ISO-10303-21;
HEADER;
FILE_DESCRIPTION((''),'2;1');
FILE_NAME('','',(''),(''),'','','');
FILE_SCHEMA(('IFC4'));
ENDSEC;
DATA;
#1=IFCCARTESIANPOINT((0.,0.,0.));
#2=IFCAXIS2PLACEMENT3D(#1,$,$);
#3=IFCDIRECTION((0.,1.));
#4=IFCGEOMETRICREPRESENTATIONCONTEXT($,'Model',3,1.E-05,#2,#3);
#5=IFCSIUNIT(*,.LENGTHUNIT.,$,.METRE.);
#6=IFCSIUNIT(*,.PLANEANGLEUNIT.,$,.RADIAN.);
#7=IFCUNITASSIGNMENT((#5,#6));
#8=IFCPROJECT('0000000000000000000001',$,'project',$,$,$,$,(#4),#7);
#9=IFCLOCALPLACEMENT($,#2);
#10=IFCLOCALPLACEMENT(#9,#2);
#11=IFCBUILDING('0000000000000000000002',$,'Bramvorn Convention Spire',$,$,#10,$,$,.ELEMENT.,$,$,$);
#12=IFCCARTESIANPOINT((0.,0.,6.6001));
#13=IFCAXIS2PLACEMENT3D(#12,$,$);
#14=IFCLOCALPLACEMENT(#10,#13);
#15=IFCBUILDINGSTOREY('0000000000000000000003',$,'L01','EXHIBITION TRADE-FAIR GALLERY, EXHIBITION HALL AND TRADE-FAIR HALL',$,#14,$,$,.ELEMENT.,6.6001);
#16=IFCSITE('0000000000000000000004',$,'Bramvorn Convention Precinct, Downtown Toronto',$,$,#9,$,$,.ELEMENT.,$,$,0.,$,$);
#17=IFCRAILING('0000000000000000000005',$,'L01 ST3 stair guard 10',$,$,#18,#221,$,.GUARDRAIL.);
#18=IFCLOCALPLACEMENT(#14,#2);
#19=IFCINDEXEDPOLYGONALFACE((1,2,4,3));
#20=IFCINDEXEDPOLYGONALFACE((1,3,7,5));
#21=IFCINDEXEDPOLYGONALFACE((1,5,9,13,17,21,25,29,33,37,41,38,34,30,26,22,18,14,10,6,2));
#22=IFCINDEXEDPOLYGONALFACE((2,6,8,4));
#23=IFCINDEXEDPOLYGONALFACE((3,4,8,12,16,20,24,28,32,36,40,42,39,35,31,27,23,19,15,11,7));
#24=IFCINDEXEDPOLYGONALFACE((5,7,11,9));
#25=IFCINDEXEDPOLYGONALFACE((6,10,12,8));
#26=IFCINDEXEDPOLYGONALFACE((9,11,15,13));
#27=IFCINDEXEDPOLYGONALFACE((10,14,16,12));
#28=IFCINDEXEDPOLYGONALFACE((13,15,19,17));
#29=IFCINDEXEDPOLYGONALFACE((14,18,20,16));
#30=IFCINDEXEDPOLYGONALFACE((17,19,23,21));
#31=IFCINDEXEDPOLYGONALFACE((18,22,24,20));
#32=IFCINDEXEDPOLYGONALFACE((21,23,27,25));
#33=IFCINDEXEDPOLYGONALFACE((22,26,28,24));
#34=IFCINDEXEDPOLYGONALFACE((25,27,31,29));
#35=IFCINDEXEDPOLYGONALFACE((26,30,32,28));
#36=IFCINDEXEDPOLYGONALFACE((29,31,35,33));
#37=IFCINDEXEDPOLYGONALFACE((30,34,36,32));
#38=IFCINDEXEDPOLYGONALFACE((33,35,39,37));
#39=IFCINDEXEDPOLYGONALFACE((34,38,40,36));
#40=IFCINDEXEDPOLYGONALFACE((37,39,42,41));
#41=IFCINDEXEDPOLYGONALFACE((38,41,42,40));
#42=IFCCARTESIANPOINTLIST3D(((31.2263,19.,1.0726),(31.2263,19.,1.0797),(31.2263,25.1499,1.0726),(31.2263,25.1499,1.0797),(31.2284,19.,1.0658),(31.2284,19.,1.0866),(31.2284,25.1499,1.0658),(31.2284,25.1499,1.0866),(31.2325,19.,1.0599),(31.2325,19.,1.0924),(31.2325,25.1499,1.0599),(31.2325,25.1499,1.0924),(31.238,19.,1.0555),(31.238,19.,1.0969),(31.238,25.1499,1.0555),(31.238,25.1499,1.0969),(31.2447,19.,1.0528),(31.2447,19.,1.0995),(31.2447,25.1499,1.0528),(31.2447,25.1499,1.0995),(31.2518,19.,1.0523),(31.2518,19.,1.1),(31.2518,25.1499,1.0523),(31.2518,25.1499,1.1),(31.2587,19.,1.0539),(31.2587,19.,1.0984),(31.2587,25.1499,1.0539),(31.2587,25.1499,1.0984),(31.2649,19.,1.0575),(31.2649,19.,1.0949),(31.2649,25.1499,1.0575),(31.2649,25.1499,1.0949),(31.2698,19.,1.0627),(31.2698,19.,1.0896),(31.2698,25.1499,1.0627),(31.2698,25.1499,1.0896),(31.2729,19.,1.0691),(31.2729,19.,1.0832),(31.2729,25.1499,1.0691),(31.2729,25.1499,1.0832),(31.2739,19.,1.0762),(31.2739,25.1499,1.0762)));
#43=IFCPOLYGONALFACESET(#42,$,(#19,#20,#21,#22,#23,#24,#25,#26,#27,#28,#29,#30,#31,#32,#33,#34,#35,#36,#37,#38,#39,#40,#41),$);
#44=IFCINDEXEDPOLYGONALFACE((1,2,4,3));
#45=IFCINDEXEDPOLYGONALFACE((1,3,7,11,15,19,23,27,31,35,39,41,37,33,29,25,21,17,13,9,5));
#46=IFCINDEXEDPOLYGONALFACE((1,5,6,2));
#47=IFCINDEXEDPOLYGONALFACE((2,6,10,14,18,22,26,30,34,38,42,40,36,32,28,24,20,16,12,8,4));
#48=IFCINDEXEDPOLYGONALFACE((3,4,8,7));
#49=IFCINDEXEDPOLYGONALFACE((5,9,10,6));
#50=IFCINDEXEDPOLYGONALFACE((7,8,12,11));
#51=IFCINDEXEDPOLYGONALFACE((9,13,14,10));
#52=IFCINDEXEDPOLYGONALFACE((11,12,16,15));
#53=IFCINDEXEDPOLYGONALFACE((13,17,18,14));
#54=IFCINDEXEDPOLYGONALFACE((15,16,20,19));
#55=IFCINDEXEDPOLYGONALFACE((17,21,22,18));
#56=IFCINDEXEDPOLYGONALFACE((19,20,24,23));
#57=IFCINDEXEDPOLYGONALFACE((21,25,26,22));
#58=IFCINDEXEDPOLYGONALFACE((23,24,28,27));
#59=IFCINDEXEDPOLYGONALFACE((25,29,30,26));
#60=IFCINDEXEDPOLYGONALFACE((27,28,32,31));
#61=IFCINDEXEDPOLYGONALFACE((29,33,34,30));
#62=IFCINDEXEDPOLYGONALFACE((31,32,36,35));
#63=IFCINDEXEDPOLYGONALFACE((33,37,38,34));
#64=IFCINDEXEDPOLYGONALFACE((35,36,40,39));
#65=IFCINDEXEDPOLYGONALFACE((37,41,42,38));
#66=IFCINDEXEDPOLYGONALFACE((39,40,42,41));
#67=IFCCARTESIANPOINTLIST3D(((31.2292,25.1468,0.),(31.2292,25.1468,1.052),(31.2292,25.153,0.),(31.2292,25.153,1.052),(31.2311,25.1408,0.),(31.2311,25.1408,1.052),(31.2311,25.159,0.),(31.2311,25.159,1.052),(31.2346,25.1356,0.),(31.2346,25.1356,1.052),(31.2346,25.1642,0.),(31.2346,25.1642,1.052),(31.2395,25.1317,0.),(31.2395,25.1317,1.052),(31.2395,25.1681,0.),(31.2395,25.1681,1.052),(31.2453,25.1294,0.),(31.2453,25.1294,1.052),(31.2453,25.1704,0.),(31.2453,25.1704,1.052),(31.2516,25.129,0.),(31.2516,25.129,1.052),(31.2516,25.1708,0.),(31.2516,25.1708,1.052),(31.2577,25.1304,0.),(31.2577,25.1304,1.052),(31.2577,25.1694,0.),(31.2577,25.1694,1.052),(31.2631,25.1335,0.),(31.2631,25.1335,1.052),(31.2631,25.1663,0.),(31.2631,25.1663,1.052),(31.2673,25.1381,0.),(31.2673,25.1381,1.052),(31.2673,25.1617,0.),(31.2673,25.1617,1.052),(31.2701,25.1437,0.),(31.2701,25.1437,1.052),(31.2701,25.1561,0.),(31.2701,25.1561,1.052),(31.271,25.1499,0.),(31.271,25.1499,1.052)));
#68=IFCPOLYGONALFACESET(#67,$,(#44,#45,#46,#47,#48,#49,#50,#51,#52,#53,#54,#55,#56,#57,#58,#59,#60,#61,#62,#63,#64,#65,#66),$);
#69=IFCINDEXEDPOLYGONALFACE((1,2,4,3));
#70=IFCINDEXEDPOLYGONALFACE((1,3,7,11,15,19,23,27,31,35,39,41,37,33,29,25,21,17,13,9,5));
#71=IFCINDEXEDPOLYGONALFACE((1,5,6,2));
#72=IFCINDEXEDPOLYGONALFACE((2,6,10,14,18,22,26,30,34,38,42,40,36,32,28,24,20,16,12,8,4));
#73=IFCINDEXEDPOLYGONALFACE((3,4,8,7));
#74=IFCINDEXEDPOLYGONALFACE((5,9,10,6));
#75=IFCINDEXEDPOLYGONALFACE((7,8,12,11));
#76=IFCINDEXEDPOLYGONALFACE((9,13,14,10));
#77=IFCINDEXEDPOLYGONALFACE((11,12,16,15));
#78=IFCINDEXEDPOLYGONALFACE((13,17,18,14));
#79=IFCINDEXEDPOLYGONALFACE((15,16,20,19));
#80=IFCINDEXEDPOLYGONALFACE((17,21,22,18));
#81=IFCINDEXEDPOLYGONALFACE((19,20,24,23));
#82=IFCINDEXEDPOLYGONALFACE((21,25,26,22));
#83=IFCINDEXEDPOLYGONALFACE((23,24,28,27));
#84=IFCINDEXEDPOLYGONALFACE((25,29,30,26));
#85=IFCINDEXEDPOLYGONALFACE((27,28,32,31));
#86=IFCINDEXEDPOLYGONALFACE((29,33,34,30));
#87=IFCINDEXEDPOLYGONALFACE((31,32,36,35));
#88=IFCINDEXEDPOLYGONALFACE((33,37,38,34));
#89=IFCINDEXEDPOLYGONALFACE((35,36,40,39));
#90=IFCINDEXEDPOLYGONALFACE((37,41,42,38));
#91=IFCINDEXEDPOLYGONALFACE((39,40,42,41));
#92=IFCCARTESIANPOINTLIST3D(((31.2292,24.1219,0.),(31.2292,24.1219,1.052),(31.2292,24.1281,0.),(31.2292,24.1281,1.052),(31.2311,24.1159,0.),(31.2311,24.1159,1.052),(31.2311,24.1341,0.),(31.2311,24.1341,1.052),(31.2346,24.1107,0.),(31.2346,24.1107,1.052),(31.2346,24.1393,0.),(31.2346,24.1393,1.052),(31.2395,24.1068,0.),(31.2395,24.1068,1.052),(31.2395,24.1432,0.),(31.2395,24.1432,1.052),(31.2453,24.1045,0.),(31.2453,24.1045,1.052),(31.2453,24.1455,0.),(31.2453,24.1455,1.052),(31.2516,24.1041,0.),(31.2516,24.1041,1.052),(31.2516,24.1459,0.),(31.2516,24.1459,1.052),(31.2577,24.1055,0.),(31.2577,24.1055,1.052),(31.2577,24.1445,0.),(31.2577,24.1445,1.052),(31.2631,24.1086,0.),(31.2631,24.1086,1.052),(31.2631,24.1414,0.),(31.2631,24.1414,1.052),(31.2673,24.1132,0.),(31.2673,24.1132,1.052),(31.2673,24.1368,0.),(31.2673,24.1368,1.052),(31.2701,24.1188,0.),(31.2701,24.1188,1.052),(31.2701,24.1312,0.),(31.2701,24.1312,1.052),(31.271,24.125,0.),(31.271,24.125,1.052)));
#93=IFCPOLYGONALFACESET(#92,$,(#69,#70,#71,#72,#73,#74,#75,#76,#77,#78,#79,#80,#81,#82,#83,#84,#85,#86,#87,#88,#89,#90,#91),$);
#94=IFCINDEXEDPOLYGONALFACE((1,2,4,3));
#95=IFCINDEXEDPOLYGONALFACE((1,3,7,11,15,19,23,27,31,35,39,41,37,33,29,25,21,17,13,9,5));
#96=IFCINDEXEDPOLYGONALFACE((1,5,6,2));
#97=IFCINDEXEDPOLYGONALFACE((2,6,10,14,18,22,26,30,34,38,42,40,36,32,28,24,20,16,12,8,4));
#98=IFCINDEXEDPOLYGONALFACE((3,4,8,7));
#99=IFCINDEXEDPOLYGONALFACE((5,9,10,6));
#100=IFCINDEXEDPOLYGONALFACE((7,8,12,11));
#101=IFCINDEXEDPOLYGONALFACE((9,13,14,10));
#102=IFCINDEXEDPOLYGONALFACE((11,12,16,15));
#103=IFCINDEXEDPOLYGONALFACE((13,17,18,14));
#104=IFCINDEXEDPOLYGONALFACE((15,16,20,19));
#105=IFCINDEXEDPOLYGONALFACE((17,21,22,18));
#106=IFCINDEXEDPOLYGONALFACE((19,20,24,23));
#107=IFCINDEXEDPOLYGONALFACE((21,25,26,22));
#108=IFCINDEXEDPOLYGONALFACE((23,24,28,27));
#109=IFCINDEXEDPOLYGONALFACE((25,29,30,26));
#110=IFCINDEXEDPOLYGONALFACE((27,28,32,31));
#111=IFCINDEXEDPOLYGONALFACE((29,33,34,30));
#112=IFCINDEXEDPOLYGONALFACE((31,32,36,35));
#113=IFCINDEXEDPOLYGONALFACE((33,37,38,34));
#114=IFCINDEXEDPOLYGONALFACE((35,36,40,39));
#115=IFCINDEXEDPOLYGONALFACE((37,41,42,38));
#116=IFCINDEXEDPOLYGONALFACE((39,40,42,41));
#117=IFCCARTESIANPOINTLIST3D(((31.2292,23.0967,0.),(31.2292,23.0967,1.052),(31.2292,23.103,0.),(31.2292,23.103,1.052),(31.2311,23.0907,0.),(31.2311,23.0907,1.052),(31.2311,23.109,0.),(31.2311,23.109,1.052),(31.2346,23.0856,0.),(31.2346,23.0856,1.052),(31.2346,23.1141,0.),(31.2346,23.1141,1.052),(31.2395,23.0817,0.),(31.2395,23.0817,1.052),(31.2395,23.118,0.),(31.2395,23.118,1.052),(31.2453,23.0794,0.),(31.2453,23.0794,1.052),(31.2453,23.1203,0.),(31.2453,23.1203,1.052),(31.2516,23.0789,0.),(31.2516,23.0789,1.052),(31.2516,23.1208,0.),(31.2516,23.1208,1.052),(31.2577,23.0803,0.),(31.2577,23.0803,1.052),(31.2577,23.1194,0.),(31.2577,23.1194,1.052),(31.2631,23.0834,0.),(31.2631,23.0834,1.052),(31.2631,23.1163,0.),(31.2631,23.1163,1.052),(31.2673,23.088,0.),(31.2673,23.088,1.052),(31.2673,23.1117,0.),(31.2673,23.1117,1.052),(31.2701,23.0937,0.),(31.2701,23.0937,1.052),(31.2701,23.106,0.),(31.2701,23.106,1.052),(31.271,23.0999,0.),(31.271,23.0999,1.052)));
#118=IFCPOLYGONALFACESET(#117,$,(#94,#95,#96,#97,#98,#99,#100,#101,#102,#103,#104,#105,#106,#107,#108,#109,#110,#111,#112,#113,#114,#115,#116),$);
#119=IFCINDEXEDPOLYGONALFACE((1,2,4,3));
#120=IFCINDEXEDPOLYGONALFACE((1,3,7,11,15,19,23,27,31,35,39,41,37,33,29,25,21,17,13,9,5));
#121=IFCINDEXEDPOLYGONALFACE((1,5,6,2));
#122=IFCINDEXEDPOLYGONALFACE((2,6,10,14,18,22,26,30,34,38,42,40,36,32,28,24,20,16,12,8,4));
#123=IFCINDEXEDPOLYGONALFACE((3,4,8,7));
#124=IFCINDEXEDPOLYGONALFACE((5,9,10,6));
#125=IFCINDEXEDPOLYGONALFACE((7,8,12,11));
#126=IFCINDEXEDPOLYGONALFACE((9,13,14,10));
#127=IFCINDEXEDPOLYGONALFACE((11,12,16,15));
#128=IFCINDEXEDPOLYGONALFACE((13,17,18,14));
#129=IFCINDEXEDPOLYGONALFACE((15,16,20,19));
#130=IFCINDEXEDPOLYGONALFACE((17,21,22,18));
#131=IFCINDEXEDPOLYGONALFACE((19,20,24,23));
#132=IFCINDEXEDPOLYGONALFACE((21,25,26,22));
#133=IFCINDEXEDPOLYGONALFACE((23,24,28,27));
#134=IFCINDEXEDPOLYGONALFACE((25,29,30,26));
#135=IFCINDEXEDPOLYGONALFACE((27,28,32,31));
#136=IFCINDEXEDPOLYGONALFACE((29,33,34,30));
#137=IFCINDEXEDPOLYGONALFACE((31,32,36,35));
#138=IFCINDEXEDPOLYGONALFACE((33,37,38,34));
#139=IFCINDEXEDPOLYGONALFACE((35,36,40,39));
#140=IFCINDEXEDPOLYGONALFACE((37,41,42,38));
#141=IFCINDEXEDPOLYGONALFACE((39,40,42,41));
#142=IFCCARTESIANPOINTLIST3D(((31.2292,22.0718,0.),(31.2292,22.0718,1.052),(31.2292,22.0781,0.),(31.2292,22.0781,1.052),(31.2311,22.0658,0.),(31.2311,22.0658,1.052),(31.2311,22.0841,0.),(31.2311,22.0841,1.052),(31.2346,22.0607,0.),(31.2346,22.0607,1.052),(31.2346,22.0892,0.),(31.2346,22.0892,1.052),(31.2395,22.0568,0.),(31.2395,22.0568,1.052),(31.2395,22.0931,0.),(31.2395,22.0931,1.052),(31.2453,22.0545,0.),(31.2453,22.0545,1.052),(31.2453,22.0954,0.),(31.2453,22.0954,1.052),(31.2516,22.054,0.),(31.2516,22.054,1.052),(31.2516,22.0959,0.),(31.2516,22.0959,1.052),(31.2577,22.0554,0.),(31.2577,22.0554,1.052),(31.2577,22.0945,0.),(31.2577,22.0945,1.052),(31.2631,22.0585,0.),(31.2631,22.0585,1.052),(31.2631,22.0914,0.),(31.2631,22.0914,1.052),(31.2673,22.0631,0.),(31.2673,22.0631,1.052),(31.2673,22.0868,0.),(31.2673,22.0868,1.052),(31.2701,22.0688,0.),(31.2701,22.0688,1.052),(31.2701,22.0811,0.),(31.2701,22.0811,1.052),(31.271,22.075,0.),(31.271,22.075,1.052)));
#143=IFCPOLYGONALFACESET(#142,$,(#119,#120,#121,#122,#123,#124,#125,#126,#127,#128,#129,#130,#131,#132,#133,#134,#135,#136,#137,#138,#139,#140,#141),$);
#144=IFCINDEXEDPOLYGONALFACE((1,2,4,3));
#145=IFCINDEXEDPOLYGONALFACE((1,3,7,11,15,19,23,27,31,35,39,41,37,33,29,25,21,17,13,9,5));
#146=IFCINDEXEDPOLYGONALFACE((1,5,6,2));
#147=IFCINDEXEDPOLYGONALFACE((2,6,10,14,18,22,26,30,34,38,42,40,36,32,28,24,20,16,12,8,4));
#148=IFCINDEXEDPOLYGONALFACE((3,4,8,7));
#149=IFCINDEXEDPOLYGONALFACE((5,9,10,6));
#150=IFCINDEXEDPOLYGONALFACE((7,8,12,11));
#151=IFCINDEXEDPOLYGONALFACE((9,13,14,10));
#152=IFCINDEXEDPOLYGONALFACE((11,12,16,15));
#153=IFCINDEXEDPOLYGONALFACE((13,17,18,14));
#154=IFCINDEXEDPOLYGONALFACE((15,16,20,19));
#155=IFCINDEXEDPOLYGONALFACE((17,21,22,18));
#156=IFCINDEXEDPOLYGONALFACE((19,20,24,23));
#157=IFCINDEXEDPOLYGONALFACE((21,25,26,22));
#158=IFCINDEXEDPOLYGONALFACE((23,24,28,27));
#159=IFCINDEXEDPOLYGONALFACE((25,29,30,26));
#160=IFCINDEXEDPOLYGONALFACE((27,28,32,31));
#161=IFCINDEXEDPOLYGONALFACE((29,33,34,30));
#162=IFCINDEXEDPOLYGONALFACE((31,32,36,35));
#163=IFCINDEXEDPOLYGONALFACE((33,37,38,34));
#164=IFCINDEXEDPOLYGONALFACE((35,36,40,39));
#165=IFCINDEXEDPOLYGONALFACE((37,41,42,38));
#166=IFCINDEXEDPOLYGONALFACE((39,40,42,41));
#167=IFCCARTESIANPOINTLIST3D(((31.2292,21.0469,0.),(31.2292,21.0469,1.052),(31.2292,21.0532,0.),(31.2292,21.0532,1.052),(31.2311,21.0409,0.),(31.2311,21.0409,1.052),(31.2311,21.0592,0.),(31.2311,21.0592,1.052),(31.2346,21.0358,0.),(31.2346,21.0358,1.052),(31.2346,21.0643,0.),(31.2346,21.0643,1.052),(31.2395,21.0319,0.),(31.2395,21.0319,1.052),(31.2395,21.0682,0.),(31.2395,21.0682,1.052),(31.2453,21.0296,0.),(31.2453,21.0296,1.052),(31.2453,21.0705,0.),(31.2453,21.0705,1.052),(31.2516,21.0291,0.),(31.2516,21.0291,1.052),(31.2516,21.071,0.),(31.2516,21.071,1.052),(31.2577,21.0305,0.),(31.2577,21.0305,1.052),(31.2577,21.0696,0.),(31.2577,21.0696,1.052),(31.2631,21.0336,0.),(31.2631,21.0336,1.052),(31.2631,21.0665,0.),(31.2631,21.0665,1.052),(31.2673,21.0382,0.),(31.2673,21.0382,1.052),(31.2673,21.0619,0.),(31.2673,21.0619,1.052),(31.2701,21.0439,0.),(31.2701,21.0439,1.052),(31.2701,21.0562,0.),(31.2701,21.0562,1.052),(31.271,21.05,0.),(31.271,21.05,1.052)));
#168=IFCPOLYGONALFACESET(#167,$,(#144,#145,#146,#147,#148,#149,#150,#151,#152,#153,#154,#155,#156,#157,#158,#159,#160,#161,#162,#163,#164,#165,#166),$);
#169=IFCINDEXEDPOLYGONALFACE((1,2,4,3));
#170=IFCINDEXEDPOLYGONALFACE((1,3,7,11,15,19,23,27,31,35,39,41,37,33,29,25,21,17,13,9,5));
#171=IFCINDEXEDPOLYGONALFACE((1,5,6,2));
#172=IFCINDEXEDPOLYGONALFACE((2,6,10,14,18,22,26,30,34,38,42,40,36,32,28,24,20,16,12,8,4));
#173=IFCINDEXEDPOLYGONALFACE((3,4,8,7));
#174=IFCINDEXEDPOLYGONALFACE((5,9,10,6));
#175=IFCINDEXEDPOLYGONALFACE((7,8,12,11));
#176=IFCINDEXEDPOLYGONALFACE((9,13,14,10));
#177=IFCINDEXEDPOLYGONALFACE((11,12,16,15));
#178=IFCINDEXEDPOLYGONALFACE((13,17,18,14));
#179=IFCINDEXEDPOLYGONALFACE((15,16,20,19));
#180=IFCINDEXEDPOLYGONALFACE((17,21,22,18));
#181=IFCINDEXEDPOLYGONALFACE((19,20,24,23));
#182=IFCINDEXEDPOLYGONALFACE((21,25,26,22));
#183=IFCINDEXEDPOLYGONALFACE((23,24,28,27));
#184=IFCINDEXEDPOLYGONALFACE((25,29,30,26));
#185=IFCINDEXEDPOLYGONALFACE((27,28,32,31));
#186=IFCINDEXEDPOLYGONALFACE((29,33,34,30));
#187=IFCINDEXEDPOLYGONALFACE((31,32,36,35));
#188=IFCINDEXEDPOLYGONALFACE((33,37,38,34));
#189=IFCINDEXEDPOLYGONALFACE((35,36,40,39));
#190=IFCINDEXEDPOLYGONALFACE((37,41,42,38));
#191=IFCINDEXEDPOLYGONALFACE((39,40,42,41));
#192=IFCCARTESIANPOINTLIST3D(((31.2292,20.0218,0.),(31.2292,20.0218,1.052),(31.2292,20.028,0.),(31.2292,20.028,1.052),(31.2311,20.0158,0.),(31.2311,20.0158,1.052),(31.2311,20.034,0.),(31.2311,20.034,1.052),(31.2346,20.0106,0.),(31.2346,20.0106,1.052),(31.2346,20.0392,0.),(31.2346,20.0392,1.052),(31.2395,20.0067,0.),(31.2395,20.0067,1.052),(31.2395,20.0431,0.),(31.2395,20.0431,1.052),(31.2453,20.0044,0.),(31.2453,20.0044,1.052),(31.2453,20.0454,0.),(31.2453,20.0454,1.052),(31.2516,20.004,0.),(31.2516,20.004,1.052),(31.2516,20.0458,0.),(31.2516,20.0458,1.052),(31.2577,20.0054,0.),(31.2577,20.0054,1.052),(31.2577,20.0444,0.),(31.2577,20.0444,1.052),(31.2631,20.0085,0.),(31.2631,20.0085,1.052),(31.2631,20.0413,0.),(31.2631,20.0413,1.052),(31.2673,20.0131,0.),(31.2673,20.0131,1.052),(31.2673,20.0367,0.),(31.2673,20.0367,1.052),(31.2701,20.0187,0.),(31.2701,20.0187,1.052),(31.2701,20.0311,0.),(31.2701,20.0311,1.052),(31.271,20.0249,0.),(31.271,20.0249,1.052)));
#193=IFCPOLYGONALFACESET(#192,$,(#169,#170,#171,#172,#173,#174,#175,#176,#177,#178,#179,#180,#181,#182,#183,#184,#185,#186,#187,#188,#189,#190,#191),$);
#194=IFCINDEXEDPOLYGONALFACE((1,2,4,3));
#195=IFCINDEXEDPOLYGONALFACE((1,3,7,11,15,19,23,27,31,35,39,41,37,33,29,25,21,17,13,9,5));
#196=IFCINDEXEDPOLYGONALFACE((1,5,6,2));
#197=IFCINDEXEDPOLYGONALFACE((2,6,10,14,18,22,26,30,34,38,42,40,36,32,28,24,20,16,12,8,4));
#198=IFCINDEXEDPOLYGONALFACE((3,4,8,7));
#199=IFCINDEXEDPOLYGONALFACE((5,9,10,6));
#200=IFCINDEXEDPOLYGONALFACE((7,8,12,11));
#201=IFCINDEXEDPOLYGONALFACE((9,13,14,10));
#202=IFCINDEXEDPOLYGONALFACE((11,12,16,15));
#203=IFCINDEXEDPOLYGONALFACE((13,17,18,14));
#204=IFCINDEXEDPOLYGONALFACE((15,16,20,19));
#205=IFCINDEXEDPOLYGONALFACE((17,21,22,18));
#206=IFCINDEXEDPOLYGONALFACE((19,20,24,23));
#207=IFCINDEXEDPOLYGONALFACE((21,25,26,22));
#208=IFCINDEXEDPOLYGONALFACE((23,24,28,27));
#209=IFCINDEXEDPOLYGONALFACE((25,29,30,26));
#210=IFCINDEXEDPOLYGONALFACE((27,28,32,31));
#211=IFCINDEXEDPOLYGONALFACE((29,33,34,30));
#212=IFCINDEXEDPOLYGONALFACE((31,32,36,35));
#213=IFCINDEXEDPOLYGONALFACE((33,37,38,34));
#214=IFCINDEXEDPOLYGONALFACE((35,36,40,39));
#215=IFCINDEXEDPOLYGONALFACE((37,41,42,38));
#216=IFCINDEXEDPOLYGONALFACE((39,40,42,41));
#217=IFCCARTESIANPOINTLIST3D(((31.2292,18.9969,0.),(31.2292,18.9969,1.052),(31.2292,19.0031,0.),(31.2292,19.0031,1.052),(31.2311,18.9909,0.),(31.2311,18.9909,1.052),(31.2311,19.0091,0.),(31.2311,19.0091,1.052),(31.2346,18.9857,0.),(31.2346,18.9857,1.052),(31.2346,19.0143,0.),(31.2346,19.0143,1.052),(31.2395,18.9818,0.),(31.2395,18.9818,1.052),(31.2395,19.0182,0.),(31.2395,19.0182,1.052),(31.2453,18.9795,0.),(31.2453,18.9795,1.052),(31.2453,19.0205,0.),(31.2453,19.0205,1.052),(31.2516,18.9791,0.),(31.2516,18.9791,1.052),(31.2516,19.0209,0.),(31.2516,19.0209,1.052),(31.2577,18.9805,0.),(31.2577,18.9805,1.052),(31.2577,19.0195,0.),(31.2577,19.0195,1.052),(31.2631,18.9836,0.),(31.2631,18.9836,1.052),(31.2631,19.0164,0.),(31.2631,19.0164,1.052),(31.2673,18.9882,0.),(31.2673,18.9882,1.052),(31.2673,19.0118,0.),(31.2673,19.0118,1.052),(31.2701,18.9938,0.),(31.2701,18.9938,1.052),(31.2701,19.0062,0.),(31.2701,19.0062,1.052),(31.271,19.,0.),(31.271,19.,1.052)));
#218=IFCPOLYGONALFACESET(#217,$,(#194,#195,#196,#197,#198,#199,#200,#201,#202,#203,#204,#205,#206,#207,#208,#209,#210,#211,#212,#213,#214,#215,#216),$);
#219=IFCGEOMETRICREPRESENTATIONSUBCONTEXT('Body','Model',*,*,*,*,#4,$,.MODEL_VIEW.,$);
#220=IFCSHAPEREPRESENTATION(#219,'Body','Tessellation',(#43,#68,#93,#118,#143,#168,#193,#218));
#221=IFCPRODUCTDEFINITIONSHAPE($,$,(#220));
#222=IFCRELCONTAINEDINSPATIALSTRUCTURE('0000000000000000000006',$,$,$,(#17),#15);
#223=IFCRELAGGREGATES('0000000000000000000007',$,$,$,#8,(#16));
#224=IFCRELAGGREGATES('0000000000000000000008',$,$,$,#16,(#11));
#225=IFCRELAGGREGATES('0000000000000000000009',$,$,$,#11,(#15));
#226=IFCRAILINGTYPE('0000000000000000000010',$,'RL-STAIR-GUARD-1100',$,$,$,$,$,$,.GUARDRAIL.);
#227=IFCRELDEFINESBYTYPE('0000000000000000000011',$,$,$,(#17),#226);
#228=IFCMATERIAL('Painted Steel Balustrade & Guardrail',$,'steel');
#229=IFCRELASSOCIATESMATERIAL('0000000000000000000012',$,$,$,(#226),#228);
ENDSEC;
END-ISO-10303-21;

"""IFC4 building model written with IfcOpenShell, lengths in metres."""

from ifc_helpers import new_model, si_unit, direction, frame, origin, origin_2d, place, context, subcontext, project, spatial, circle, extrude, material, type_object, element, save


model = new_model("IFC4")

# Units and contexts
model_context = context("Model", 3, precision=1e-05, world=origin(), true_north=direction((0.0, 1.0)))
body_context = subcontext(model_context, "Body", "Model", "MODEL_VIEW")
ifc_project = project(units=[si_unit("LENGTHUNIT", "METRE"), si_unit("PLANEANGLEUNIT", "RADIAN")], contexts=[model_context])

# Site, building, storey
site_placement = place(None, origin())
site = spatial("IfcSite", under=ifc_project, at=site_placement, Name="Bramvorn Convention Precinct, Downtown Toronto", CompositionType="ELEMENT", RefElevation=0.0)
building_placement = place(site_placement, origin())
building = spatial("IfcBuilding", under=site, at=building_placement, Name="Bramvorn Convention Spire", CompositionType="ELEMENT")
storey_placement = place(building_placement, frame((0.0, 0.0, 6.6001)))
storey = spatial("IfcBuildingStorey", under=building, at=storey_placement, Name="L01", Description="EXHIBITION TRADE-FAIR GALLERY, EXHIBITION HALL AND TRADE-FAIR HALL", CompositionType="ELEMENT", Elevation=6.6001)

# Railing
ifc_material_1 = material(Name="Painted Steel Balustrade & Guardrail", Category="steel")
railing_type_1 = type_object("IfcRailingType", Name="RL-STAIR-GUARD-1100", PredefinedType="GUARDRAIL", material=ifc_material_1)
railing_1_placement = place(storey_placement, frame((31.25, 25.1499, 0.0)))
element("IfcRailing", 1, at=railing_1_placement, inside=storey, type_object=railing_type_1, Name="L01 ST3 stair guard 10", PredefinedType="GUARDRAIL", context=body_context, shape_type="SweptSolid", body=[
    extrude(circle(Radius=0.0239, at=origin_2d()), frame((0.0, 0.0, 1.0762), z_axis=(0.0, -1.0, 0.0), x_axis=(1.0, 0.0, 0.0)), (0.0, 0.0, 1.0), 6.1499),
    extrude(circle(Radius=0.021, at=origin_2d()), origin(), (0.0, 0.0, 1.0), 1.052),
    extrude(circle(Radius=0.021, at=origin_2d()), frame((0.0, -1.0249, 0.0)), (0.0, 0.0, 1.0), 1.052),
    extrude(circle(Radius=0.021, at=origin_2d()), frame((0.0, -2.05, 0.0)), (0.0, 0.0, 1.0), 1.052),
    extrude(circle(Radius=0.021, at=origin_2d()), frame((0.0, -3.075, 0.0)), (0.0, 0.0, 1.0), 1.052),
    extrude(circle(Radius=0.021, at=origin_2d()), frame((0.0, -4.0999, 0.0)), (0.0, 0.0, 1.0), 1.052),
    extrude(circle(Radius=0.021, at=origin_2d()), frame((0.0, -5.125, 0.0)), (0.0, 0.0, 1.0), 1.052),
    extrude(circle(Radius=0.021, at=origin_2d()), frame((0.0, -6.1499, 0.0)), (0.0, 0.0, 1.0), 1.052),
])

save(model, "model.ifc")
